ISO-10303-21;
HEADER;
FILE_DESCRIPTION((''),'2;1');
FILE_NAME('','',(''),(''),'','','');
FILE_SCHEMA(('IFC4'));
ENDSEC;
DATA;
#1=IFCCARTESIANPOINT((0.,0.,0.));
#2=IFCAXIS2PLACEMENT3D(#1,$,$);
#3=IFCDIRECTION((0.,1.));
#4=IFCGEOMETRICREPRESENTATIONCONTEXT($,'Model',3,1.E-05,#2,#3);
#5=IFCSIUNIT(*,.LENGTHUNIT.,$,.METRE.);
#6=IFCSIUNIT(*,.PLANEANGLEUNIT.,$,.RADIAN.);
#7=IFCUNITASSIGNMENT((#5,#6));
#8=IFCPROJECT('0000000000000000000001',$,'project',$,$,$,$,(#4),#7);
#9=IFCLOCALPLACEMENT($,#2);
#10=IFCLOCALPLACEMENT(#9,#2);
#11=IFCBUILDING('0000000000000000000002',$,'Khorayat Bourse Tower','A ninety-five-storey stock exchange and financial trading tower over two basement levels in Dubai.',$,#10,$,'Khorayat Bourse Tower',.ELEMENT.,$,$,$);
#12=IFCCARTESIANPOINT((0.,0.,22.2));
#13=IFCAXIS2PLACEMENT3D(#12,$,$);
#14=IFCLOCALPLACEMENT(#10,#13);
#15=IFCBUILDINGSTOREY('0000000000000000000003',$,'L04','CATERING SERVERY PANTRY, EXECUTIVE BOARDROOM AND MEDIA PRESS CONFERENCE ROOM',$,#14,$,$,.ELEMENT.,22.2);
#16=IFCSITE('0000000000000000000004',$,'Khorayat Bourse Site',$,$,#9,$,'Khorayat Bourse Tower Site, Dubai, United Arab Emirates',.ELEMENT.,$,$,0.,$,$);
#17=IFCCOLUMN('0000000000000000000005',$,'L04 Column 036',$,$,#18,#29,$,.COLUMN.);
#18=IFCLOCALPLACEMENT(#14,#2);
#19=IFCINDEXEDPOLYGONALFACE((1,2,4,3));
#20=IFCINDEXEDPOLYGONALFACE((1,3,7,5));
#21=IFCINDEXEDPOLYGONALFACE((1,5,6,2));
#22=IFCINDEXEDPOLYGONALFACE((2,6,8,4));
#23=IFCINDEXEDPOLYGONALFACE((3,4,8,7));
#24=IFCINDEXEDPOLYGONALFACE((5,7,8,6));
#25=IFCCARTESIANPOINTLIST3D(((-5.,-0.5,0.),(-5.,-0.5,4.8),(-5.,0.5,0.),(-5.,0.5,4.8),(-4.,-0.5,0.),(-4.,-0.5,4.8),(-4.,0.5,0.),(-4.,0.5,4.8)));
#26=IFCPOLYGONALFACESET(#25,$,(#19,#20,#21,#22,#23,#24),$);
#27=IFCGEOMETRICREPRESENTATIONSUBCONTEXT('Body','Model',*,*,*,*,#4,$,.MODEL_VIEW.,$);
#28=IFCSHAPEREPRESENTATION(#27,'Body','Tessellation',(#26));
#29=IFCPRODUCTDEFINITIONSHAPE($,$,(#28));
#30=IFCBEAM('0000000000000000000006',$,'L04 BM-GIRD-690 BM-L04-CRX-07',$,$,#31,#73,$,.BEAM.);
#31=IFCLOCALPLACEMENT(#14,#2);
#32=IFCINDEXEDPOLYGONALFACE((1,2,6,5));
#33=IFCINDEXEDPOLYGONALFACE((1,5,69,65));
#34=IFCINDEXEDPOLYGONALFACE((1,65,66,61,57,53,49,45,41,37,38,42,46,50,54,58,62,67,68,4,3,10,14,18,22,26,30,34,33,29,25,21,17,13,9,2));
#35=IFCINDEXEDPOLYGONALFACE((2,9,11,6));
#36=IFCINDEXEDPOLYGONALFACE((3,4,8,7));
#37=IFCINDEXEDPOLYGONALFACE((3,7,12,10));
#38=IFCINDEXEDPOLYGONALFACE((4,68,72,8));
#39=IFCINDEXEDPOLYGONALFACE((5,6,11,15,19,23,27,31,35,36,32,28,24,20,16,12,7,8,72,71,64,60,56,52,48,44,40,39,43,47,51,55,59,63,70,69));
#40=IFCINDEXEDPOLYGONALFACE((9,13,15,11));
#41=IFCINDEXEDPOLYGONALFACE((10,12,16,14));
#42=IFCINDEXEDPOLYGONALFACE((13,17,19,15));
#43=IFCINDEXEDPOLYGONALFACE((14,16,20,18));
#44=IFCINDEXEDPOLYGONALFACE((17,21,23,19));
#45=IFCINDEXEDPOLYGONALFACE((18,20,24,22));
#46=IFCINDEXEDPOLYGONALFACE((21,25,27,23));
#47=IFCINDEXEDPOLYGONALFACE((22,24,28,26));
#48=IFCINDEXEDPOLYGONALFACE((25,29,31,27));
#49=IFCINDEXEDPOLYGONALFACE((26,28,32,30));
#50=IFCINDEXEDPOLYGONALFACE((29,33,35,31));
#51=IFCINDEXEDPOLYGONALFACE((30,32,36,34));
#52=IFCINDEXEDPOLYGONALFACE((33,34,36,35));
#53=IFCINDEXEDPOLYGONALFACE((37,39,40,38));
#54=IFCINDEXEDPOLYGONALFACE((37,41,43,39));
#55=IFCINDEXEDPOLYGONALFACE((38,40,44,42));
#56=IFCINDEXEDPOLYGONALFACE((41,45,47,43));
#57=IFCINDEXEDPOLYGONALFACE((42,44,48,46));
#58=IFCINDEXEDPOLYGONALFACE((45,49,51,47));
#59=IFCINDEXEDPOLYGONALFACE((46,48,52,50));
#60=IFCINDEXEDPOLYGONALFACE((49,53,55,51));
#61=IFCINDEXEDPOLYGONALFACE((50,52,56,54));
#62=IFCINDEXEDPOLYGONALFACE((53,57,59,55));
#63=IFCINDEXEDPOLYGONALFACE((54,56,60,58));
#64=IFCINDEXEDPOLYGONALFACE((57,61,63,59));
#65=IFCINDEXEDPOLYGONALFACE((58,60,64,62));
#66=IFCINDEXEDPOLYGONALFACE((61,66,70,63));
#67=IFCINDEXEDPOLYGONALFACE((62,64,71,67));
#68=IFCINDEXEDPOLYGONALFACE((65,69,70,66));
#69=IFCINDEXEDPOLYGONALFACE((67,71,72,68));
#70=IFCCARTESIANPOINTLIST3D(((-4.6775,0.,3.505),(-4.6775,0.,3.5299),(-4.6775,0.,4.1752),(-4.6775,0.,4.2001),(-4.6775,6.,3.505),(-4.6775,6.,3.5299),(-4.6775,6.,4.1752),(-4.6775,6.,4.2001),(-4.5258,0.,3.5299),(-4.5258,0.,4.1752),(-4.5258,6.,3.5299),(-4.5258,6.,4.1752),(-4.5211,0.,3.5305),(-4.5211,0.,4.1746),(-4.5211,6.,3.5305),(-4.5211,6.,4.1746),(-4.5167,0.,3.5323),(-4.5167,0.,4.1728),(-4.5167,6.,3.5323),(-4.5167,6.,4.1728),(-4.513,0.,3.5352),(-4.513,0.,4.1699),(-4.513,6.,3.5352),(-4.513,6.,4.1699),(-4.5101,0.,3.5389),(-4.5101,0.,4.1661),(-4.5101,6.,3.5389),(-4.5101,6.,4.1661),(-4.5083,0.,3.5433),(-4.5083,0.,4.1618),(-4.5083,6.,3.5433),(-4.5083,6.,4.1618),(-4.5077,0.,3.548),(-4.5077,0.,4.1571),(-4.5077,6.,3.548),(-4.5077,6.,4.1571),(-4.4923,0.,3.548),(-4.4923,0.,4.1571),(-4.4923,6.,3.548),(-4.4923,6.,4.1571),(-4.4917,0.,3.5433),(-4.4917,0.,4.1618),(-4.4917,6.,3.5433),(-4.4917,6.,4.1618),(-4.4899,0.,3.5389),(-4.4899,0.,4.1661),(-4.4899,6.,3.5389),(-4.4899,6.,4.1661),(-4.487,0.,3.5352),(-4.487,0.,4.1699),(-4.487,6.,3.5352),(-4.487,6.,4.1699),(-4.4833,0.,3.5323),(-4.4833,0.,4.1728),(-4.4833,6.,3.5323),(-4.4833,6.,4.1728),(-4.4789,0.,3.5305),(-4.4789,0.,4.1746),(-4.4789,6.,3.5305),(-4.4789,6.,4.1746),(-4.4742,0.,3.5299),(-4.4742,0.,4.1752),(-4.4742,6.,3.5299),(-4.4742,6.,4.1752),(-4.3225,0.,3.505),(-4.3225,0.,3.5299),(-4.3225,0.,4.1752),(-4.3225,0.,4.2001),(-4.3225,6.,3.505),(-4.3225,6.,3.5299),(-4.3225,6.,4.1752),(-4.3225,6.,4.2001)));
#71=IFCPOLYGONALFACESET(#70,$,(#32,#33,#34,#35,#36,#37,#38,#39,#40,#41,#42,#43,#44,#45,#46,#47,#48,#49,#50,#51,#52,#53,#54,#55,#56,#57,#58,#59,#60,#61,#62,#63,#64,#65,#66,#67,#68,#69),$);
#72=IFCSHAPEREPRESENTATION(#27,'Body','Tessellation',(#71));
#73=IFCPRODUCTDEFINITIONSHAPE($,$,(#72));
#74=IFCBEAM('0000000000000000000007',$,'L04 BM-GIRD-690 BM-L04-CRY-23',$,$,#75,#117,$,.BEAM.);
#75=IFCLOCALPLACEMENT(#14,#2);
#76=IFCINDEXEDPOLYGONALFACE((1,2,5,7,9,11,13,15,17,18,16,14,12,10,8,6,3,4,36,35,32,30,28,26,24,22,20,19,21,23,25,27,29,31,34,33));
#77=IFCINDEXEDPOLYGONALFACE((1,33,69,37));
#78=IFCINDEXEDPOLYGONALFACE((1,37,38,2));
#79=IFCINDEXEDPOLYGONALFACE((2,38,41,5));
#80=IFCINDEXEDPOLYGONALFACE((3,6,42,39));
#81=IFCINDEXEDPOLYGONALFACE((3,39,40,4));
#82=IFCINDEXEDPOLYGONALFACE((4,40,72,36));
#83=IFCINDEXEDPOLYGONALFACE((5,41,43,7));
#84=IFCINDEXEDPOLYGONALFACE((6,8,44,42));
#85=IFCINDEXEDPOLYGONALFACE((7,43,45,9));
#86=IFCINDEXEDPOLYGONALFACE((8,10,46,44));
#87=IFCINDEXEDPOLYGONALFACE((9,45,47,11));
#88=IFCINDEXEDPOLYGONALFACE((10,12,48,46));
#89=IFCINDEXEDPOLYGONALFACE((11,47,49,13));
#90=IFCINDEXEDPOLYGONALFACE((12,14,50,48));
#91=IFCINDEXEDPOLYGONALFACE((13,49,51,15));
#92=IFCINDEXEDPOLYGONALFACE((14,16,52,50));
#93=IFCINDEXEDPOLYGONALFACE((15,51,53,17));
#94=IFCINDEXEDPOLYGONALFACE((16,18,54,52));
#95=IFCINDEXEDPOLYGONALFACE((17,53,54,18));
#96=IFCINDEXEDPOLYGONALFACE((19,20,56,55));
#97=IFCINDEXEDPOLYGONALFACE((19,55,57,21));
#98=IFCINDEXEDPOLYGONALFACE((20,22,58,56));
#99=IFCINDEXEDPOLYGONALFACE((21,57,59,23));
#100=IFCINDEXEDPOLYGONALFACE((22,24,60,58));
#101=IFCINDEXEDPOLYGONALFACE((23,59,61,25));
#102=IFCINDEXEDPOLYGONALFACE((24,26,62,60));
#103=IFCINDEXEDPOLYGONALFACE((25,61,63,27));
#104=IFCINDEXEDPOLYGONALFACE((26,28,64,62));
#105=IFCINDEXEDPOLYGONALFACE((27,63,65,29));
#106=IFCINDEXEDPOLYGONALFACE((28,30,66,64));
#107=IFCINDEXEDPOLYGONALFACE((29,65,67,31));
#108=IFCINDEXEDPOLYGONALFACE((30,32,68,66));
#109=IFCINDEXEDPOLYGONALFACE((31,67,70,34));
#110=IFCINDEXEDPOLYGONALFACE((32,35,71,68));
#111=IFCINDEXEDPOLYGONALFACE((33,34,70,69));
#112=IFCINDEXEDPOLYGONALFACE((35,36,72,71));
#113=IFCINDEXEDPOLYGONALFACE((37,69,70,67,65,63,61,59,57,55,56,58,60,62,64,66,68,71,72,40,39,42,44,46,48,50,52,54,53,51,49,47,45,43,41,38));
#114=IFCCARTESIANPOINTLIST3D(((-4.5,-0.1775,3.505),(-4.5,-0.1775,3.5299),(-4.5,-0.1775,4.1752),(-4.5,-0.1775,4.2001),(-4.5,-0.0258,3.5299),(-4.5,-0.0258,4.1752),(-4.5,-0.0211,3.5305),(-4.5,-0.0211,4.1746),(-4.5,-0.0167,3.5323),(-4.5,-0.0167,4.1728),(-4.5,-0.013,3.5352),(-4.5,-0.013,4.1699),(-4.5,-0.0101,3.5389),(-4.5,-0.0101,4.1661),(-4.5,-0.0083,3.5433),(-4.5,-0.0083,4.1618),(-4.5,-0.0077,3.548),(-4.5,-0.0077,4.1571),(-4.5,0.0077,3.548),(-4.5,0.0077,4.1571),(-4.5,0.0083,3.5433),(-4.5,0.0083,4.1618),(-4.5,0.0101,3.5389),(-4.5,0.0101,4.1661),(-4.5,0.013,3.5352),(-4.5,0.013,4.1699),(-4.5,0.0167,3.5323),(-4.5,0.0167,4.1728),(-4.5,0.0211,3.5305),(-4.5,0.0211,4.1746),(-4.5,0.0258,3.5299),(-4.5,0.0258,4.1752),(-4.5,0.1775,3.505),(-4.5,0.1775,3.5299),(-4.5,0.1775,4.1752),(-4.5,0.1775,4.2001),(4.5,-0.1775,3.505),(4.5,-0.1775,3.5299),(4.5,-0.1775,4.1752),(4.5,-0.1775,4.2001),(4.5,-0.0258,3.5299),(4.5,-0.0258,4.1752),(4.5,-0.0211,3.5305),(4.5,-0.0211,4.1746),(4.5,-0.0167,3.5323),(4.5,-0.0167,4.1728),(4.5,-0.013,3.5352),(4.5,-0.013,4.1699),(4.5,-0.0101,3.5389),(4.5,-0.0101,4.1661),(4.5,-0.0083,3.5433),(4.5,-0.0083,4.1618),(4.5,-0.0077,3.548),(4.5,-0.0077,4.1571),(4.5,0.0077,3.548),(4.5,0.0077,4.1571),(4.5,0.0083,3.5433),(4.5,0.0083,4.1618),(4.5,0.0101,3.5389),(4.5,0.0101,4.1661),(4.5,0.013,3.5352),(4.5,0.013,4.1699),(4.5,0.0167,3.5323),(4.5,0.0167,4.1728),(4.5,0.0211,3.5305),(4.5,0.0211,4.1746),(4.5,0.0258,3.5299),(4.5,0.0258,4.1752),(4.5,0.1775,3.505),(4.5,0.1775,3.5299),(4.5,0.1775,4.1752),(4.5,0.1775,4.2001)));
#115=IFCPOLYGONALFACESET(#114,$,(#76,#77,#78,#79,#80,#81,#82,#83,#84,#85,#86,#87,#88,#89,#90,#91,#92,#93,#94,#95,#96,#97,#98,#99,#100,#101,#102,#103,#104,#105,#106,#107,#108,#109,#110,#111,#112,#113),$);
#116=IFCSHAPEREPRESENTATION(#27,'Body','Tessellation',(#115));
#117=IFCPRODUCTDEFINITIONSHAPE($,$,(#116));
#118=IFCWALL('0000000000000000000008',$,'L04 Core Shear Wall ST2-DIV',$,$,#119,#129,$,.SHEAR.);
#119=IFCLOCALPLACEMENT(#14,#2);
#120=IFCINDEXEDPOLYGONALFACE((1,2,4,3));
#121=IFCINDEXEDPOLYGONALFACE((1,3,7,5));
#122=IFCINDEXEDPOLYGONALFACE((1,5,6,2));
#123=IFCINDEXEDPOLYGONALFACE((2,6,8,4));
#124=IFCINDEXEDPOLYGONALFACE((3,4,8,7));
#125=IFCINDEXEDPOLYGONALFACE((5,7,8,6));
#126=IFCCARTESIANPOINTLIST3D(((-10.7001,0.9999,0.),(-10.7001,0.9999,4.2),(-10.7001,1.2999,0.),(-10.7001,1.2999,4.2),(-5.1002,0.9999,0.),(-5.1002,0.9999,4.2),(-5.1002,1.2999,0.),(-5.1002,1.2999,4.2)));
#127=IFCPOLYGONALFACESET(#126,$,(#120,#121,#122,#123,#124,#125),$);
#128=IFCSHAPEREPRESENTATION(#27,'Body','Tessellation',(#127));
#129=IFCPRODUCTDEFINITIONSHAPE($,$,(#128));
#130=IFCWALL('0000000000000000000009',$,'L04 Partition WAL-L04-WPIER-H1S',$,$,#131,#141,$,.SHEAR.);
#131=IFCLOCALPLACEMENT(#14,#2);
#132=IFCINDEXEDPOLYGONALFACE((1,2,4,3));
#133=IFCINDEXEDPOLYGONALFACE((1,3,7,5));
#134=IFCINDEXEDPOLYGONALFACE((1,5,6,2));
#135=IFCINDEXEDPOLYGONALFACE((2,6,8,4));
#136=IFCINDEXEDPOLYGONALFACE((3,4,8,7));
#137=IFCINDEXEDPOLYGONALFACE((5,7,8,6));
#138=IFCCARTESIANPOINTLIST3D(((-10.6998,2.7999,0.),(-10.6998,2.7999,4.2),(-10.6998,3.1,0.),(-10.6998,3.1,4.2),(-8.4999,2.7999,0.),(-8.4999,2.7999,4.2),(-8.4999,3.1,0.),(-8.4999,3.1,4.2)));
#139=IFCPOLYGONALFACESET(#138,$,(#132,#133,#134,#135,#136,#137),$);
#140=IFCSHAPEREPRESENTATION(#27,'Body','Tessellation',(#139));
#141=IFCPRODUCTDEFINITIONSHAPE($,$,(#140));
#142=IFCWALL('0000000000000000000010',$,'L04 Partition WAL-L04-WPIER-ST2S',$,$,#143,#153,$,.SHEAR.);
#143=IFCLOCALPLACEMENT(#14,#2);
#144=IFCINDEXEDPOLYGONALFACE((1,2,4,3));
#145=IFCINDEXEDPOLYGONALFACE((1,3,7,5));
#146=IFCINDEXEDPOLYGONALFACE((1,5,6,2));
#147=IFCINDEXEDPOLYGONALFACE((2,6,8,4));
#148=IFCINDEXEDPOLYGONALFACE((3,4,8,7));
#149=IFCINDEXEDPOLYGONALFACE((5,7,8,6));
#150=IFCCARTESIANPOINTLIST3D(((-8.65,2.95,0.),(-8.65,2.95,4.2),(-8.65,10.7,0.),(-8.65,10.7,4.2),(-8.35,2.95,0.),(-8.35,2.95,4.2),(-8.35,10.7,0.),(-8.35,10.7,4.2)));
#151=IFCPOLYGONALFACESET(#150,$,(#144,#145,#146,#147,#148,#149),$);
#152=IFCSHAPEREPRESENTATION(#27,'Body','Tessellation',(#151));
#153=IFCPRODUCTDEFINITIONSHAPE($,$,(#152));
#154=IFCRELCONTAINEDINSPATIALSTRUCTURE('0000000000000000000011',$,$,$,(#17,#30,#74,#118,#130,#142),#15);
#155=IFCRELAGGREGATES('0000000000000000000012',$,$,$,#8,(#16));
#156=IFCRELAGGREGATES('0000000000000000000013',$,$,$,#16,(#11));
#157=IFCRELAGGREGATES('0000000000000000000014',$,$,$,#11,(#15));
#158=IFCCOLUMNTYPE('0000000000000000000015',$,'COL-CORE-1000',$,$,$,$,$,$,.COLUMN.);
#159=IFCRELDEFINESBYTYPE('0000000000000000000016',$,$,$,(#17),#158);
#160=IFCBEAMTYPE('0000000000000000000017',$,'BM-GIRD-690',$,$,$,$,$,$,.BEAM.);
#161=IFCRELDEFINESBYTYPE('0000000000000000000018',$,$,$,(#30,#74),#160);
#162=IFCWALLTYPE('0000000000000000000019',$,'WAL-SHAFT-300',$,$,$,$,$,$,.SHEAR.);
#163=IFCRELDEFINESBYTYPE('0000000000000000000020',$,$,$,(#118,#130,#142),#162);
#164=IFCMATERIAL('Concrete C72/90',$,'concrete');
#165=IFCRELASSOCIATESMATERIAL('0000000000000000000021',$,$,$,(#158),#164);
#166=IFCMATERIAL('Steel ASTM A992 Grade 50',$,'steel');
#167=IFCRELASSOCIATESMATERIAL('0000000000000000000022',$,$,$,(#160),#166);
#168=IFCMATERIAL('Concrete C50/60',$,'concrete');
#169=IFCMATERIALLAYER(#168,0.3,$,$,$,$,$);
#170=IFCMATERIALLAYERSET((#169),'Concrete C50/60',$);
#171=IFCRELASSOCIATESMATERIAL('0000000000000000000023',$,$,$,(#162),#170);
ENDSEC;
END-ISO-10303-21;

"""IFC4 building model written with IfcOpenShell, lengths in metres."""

from ifc_helpers import new_model, si_unit, direction, frame, frame_2d, origin, origin_2d, place, context, subcontext, project, spatial, rectangle, i_section, extrude, source, transform, mapped, material, layer, layer_set, material_profile, profile_set, type_object, element, save


model = new_model("IFC4")

# Units and contexts
model_context = context("Model", 3, precision=1e-05, world=origin(), true_north=direction((0.0, 1.0)))
body_context = subcontext(model_context, "Body", "Model", "MODEL_VIEW")
ifc_project = project(units=[si_unit("LENGTHUNIT", "METRE"), si_unit("PLANEANGLEUNIT", "RADIAN")], contexts=[model_context])

# Site, building, storey
site_placement = place(None, origin())
site = spatial("IfcSite", under=ifc_project, at=site_placement, Name="Khorayat Bourse Site", LongName="Khorayat Bourse Tower Site, Dubai, United Arab Emirates", CompositionType="ELEMENT", RefElevation=0.0)
building_placement = place(site_placement, origin())
building = spatial("IfcBuilding", under=site, at=building_placement, Name="Khorayat Bourse Tower", Description="A ninety-five-storey stock exchange and financial trading tower over two basement levels in Dubai.", LongName="Khorayat Bourse Tower", CompositionType="ELEMENT")
storey_placement = place(building_placement, frame((0.0, 0.0, 22.2)))
storey = spatial("IfcBuildingStorey", under=building, at=storey_placement, Name="L04", Description="CATERING SERVERY PANTRY, EXECUTIVE BOARDROOM AND MEDIA PRESS CONFERENCE ROOM", CompositionType="ELEMENT", Elevation=22.2)

# Column
ifc_material_1 = material(Name="Concrete C72/90", Category="concrete")
ifc_material_profile_1 = material_profile(ifc_material_1, rectangle(XDim=1.0, YDim=1.0, at=origin_2d()), Name="RC 1000x1000")
ifc_profile_set_1 = profile_set([ifc_material_profile_1], Name="Concrete C72/90")
column_type = type_object("IfcColumnType", Name="COL-CORE-1000", PredefinedType="COLUMN", material=ifc_profile_set_1)
shared_shape_1 = source(origin(), body_context, "Body", "SweptSolid", [
    extrude(rectangle(XDim=1.0, YDim=1.0, at=origin_2d()), origin(), (0.0, 0.0, 1.0), 4.8),
])
column_placement = place(storey_placement, frame((-4.5, 0.0, 0.0), z_axis=(0.0, 0.0, 1.0), x_axis=(1.0, 0.0, 0.0)))
element("IfcColumn", 1, at=column_placement, inside=storey, type_object=column_type, Name="L04 Column 036", PredefinedType="COLUMN", context=body_context, shape_type="MappedRepresentation", body=[
    mapped(shared_shape_1, transform((0.0, 0.0, 0.0), scale=1.0)),
])

# Beams
ifc_material_2 = material(Name="Steel ASTM A992 Grade 50", Category="steel")
ifc_material_profile_2 = material_profile(ifc_material_2, i_section(OverallWidth=0.355, OverallDepth=0.6951, WebThickness=0.0154, FlangeThickness=0.0249, FilletRadius=0.0181, at=origin_2d()), Name="W690X217")
ifc_profile_set_2 = profile_set([ifc_material_profile_2], Name="Steel ASTM A992 Grade 50")
beam_type = type_object("IfcBeamType", Name="BM-GIRD-690", PredefinedType="BEAM", material=ifc_profile_set_2)
shared_shape_2 = source(origin(), body_context, "Body", "SweptSolid", [
    extrude(i_section(OverallWidth=0.355, OverallDepth=0.6951, WebThickness=0.0154, FlangeThickness=0.0249, FilletRadius=0.0181, at=origin_2d()), origin(), (0.0, 0.0, 1.0), 6.0),
])
beam_1_placement = place(storey_placement, frame((-4.5, 0.0, 3.8525), z_axis=(0.0, 1.0, 0.0), x_axis=(-1.0, 0.0, 0.0)))
element("IfcBeam", 2, at=beam_1_placement, inside=storey, type_object=beam_type, Name="L04 BM-GIRD-690 BM-L04-CRX-07", PredefinedType="BEAM", context=body_context, shape_type="MappedRepresentation", body=[
    mapped(shared_shape_2, transform((0.0, 0.0, 0.0), scale=1.0)),
])
shared_shape_3 = source(origin(), body_context, "Body", "SweptSolid", [
    extrude(i_section(OverallWidth=0.355, OverallDepth=0.6951, WebThickness=0.0154, FlangeThickness=0.0249, FilletRadius=0.0181, at=origin_2d()), origin(), (0.0, 0.0, 1.0), 9.0),
])
beam_2_placement = place(storey_placement, frame((-4.5, 0.0, 3.8525), z_axis=(1.0, 0.0, 0.0), x_axis=(0.0, 1.0, 0.0)))
element("IfcBeam", 3, at=beam_2_placement, inside=storey, type_object=beam_type, Name="L04 BM-GIRD-690 BM-L04-CRY-23", PredefinedType="BEAM", context=body_context, shape_type="MappedRepresentation", body=[
    mapped(shared_shape_3, transform((0.0, 0.0, 0.0), scale=1.0)),
])

# Walls
ifc_material_3 = material(Name="Concrete C50/60", Category="concrete")
ifc_layer_1 = layer(ifc_material_3, 0.3)
ifc_layer_set_1 = layer_set([ifc_layer_1], Name="Concrete C50/60")
wall_type_1 = type_object("IfcWallType", Name="WAL-SHAFT-300", PredefinedType="SHEAR", material=ifc_layer_set_1)
shared_shape_4 = source(origin(), body_context, "Body", "SweptSolid", [
    extrude(rectangle(XDim=5.5999, YDim=0.3, at=frame_2d((2.7998, 0.0))), origin(), (0.0, 0.0, 1.0), 4.2),
])
wall_1_placement = place(storey_placement, frame((-10.7, 1.1499, 0.0), z_axis=(0.0, 0.0, 1.0), x_axis=(1.0, 0.0, 0.0)))
element("IfcWall", 4, at=wall_1_placement, inside=storey, type_object=wall_type_1, Name="L04 Core Shear Wall ST2-DIV", PredefinedType="SHEAR", context=body_context, shape_type="MappedRepresentation", body=[
    mapped(shared_shape_4, transform((0.0, 0.0, 0.0), scale=1.0)),
])
shared_shape_5 = source(origin(), body_context, "Body", "SweptSolid", [
    extrude(rectangle(XDim=2.2, YDim=0.3, at=frame_2d((1.1001, 0.0))), origin(), (0.0, 0.0, 1.0), 4.2),
])
wall_2_placement = place(storey_placement, frame((-10.7, 2.95, 0.0), z_axis=(0.0, 0.0, 1.0), x_axis=(1.0, 0.0, 0.0)))
element("IfcWall", 5, at=wall_2_placement, inside=storey, type_object=wall_type_1, Name="L04 Partition WAL-L04-WPIER-H1S", PredefinedType="SHEAR", context=body_context, shape_type="MappedRepresentation", body=[
    mapped(shared_shape_5, transform((0.0, 0.0, 0.0), scale=1.0)),
])
shared_shape_6 = source(origin(), body_context, "Body", "SweptSolid", [
    extrude(rectangle(XDim=7.75, YDim=0.3, at=frame_2d((3.875, 0.0))), origin(), (0.0, 0.0, 1.0), 4.2),
])
wall_3_placement = place(storey_placement, frame((-8.5, 2.95, 0.0), z_axis=(0.0, 0.0, 1.0), x_axis=(0.0, 1.0, 0.0)))
element("IfcWall", 6, at=wall_3_placement, inside=storey, type_object=wall_type_1, Name="L04 Partition WAL-L04-WPIER-ST2S", PredefinedType="SHEAR", context=body_context, shape_type="MappedRepresentation", body=[
    mapped(shared_shape_6, transform((0.0, 0.0, 0.0), scale=1.0)),
])

save(model, "model.ifc")
